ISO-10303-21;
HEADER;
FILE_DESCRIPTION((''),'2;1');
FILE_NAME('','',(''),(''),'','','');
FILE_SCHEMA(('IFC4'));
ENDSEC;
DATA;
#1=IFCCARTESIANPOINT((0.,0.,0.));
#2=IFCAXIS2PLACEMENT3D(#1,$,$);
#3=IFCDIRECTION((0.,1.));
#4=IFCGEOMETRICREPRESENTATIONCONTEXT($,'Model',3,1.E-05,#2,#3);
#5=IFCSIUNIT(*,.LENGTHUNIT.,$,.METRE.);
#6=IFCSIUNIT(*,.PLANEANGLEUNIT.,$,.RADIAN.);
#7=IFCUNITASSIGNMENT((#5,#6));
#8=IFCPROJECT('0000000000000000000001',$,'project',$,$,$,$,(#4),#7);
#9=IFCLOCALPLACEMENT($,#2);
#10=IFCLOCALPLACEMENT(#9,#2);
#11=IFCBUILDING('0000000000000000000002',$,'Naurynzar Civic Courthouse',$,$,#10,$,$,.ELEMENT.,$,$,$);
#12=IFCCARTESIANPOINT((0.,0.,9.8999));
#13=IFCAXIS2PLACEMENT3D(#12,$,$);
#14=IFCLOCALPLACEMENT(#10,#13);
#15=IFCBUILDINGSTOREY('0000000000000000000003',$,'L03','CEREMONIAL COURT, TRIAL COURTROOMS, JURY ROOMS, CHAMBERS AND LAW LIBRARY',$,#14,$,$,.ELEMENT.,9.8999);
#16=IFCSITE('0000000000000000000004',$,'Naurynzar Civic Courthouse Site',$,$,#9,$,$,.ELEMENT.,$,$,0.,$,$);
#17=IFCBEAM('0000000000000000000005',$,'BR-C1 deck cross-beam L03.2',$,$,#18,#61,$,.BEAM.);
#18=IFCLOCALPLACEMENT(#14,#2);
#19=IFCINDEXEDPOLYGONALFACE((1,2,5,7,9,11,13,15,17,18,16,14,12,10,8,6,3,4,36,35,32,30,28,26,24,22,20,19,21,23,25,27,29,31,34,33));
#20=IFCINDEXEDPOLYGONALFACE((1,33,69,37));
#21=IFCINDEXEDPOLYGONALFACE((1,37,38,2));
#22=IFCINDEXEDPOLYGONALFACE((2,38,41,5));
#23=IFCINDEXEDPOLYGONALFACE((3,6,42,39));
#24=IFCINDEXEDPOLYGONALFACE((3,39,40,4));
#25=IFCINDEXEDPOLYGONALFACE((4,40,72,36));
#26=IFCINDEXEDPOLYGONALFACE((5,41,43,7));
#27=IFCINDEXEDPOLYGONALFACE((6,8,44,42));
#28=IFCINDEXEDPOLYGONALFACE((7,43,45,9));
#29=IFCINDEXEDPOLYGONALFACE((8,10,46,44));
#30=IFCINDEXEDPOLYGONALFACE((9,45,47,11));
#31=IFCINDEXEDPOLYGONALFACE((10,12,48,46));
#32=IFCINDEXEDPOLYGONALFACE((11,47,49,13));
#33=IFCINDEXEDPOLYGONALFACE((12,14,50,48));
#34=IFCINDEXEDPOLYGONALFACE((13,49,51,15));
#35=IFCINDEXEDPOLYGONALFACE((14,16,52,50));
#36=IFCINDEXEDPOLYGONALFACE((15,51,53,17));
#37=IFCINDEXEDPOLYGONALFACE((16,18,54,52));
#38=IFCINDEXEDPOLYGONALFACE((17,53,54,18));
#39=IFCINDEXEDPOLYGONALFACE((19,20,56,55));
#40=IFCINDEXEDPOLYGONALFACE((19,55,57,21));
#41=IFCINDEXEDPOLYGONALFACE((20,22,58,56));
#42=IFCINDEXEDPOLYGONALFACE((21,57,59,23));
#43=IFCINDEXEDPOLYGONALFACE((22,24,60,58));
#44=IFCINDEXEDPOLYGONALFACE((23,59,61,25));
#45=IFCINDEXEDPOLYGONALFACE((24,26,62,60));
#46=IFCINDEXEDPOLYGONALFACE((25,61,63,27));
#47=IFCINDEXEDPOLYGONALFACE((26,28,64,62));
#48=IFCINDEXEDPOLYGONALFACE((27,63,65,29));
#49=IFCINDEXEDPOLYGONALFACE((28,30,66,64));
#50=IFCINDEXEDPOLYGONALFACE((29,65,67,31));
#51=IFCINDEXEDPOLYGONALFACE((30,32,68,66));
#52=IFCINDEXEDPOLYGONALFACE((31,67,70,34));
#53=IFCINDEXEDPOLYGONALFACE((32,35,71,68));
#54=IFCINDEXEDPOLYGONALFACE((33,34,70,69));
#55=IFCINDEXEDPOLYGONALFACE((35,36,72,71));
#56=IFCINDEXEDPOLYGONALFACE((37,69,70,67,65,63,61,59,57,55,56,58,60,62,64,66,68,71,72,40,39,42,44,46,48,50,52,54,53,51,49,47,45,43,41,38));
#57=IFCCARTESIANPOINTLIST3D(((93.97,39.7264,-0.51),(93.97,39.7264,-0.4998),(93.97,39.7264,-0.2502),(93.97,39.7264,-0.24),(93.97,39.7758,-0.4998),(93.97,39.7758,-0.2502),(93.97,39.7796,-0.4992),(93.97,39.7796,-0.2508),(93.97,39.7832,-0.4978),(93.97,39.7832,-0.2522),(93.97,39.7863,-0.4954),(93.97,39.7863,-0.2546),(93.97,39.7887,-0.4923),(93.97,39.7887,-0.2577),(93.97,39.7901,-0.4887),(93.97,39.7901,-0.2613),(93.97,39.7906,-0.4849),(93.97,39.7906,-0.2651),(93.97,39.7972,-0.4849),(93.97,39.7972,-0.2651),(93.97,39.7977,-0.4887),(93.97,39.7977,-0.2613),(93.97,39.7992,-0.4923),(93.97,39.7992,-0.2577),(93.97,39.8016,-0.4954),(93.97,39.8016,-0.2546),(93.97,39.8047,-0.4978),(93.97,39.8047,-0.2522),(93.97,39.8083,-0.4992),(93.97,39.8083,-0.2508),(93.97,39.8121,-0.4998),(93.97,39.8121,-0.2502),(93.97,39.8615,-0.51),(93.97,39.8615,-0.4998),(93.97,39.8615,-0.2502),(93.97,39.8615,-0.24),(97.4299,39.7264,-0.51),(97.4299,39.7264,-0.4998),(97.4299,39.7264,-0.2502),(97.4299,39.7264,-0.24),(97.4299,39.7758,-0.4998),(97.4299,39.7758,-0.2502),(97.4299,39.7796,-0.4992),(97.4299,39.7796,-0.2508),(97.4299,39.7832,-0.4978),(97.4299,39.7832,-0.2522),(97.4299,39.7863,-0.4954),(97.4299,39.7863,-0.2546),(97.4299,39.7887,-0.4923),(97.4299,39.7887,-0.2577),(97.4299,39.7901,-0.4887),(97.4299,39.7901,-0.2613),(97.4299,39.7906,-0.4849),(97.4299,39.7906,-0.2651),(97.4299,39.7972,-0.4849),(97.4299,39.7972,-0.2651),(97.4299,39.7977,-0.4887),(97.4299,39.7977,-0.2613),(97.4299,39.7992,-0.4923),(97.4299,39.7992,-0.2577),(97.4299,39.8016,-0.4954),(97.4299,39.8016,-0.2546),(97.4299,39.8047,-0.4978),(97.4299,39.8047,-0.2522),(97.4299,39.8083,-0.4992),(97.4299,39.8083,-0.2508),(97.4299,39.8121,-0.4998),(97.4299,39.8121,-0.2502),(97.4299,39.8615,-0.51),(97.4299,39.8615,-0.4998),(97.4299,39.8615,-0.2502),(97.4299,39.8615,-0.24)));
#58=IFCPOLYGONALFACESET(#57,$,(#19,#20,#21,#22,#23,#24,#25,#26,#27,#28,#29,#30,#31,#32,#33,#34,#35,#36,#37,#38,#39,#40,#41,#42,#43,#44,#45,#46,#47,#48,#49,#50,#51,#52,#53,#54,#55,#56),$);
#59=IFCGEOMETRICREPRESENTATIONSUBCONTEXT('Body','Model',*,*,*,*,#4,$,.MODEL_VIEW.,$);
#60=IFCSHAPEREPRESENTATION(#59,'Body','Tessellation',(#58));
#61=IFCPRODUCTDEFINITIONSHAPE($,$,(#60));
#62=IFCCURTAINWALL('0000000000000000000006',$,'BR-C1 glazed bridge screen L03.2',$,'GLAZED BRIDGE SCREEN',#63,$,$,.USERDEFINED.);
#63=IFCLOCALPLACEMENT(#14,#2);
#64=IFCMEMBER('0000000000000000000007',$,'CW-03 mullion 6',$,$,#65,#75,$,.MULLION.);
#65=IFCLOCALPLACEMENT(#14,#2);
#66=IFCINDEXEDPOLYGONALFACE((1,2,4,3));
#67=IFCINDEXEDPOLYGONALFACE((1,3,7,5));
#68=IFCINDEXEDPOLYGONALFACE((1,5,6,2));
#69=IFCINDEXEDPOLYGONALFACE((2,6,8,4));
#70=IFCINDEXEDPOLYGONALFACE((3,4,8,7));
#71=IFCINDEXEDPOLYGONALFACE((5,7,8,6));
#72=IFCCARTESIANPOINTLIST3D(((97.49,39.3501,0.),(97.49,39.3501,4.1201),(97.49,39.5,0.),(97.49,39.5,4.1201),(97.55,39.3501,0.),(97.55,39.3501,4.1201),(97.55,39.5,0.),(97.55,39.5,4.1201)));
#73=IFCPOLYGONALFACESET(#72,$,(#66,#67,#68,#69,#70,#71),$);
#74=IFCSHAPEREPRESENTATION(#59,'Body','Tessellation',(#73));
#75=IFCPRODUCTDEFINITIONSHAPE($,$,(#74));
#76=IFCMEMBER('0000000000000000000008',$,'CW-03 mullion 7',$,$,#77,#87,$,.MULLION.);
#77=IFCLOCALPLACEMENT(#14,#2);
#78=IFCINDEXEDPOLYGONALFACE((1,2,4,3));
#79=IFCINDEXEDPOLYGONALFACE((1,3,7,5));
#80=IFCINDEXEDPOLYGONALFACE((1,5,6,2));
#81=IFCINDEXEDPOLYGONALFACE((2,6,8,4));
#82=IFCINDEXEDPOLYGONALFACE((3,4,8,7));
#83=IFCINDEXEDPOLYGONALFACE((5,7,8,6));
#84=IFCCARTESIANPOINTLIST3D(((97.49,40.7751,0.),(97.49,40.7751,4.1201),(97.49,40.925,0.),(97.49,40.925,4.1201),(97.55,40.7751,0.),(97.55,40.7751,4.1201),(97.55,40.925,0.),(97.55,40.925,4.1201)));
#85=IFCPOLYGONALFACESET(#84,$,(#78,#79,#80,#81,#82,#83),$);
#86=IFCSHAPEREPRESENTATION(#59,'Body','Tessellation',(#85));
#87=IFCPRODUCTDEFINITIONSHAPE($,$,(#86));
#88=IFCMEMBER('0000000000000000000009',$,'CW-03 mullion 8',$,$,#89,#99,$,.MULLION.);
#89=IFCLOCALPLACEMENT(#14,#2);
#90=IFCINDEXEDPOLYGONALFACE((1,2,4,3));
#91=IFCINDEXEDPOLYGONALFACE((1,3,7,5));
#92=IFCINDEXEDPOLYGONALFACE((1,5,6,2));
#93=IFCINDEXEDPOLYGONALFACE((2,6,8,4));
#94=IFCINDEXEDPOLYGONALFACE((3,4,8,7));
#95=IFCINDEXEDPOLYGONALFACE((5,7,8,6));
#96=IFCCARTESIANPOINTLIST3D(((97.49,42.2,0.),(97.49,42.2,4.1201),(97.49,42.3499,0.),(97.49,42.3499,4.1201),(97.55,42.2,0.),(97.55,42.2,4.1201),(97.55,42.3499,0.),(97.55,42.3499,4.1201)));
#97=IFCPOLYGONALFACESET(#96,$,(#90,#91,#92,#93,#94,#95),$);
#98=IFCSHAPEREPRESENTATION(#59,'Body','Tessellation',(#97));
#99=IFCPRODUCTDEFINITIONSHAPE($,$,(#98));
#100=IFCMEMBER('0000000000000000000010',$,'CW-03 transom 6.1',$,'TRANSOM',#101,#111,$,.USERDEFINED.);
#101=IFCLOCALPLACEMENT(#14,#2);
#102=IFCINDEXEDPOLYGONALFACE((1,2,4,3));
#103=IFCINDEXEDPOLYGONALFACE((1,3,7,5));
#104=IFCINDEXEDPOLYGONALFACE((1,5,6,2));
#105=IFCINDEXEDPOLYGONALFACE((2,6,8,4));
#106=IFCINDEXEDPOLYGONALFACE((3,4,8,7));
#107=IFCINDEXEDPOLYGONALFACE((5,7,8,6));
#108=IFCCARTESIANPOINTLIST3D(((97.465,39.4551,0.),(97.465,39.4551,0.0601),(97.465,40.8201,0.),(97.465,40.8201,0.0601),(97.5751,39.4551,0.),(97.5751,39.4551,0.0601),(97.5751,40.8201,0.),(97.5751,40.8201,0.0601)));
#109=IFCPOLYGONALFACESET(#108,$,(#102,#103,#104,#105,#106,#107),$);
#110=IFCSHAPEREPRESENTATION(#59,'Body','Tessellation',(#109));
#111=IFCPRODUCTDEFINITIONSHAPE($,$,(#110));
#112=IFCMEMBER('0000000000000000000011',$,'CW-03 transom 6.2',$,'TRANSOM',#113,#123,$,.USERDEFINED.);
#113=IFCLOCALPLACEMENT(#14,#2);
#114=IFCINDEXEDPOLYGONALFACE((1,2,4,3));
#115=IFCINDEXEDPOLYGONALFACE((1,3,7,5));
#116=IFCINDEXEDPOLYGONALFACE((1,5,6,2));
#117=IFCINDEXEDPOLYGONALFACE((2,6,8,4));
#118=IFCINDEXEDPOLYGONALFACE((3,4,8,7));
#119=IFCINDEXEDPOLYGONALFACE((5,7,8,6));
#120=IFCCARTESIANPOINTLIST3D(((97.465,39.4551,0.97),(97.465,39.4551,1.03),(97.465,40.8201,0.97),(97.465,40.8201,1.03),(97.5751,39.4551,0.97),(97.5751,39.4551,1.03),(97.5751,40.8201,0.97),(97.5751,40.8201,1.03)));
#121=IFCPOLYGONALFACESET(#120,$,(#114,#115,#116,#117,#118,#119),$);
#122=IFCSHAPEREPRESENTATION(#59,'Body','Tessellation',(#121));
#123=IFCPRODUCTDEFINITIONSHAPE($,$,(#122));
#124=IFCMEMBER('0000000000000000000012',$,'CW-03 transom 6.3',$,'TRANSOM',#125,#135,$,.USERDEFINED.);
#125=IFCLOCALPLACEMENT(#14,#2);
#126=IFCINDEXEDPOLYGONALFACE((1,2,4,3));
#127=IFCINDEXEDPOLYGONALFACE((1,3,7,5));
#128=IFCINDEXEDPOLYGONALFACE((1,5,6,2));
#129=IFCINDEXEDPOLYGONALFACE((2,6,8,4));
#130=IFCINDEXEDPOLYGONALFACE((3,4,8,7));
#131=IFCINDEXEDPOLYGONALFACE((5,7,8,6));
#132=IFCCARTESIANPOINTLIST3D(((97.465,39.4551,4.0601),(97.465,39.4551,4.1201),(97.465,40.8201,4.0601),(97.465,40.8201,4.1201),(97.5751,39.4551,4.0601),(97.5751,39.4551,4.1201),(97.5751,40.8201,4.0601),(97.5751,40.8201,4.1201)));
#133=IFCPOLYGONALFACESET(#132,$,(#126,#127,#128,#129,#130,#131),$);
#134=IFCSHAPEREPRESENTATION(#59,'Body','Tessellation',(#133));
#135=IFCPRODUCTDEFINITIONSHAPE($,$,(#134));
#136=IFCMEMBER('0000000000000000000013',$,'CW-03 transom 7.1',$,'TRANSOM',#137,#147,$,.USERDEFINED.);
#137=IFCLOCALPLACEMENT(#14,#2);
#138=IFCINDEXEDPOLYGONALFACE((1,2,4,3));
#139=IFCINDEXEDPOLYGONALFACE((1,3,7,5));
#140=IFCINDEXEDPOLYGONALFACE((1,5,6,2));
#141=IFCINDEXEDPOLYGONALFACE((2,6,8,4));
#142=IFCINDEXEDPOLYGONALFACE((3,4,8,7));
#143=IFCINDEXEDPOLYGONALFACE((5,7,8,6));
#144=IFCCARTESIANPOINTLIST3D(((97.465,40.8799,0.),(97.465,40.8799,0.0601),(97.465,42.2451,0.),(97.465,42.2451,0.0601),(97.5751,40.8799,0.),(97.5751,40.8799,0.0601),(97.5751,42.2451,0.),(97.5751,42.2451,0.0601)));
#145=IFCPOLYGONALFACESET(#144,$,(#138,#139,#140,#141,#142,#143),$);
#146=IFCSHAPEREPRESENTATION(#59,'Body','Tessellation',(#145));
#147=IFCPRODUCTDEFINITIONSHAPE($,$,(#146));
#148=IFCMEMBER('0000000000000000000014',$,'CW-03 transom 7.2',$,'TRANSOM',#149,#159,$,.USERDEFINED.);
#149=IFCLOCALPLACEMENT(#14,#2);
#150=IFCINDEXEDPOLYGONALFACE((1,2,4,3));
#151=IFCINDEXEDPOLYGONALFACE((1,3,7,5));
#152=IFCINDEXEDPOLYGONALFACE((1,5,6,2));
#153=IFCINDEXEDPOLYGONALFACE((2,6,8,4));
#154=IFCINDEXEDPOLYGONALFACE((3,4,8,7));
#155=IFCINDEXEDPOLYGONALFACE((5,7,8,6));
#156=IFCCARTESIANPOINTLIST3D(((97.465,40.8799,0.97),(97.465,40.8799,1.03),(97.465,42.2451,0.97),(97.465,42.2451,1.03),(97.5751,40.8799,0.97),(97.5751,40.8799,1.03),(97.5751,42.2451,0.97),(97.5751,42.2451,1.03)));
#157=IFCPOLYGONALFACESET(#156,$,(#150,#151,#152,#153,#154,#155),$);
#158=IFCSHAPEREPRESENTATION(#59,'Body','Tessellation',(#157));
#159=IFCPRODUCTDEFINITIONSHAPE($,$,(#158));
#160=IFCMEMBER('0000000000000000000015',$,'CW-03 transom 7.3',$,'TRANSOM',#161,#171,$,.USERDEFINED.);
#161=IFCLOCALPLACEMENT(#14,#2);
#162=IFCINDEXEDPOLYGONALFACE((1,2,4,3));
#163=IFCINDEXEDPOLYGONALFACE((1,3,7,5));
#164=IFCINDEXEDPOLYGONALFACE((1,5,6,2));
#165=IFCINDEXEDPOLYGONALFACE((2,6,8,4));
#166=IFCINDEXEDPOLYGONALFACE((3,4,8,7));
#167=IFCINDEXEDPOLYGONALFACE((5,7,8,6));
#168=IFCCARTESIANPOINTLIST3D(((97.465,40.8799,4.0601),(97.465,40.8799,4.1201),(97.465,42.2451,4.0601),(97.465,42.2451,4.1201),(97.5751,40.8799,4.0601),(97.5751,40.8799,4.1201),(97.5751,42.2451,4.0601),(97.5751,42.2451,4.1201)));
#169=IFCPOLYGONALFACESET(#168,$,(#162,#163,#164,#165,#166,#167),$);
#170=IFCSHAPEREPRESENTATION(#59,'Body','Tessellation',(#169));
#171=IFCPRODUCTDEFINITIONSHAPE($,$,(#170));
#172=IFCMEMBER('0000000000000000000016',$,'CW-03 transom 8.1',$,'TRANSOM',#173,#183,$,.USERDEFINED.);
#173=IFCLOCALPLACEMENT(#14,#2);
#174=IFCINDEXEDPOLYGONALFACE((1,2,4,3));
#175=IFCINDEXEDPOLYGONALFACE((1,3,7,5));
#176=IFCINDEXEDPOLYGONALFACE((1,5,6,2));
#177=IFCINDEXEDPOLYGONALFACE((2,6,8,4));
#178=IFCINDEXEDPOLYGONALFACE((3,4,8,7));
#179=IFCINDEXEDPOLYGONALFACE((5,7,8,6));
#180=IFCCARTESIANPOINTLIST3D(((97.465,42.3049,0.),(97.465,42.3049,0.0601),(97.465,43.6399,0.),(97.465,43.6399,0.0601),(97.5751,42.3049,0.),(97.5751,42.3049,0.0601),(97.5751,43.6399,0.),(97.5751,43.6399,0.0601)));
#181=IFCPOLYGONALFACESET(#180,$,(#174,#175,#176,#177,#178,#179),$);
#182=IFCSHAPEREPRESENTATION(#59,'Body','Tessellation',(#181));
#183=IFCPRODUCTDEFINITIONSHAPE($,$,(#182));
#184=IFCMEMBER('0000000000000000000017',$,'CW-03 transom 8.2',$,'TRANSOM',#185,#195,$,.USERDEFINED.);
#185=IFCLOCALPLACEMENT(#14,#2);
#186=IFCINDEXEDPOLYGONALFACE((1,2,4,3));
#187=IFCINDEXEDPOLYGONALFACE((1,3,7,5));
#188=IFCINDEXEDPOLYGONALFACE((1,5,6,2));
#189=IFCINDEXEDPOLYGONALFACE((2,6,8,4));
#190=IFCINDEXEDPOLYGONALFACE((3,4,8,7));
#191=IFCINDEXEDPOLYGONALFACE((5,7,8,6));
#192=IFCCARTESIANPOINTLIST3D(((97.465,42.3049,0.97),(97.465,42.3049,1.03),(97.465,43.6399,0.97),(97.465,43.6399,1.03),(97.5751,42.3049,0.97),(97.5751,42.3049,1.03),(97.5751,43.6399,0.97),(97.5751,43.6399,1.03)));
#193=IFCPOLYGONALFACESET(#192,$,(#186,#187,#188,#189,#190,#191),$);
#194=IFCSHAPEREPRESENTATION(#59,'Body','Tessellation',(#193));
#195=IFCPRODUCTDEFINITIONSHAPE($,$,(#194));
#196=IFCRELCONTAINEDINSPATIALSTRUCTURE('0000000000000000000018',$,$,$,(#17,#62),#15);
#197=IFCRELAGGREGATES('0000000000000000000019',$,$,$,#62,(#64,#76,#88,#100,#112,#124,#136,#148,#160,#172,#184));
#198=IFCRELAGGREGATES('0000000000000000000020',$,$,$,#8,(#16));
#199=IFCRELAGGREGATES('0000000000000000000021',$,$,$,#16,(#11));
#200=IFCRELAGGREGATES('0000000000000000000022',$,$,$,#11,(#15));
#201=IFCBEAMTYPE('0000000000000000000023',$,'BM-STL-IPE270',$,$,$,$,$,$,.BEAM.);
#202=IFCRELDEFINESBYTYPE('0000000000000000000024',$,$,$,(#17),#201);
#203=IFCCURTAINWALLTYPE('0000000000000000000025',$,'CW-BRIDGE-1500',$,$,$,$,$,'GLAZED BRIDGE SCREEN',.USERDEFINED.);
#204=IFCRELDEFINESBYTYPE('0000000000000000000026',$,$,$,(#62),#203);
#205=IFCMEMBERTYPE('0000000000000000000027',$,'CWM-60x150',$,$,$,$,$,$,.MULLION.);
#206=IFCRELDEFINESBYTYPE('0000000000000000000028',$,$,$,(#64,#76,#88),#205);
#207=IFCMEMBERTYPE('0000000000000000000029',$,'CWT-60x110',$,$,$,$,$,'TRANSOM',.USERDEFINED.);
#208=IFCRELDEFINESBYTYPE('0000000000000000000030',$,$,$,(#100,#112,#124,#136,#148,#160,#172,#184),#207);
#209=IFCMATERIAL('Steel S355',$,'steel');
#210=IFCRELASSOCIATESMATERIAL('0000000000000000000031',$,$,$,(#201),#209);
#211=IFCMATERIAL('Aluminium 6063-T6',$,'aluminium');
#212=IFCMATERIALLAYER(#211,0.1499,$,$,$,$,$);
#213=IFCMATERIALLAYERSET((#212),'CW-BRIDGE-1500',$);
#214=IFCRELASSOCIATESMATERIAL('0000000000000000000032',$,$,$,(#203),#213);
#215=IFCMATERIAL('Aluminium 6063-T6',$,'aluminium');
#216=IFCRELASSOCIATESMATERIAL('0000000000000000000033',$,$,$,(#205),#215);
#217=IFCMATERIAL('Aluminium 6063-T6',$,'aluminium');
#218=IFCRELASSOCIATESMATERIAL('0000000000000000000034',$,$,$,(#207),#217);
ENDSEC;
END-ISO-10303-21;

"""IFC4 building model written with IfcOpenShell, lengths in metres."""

from ifc_helpers import new_model, si_unit, direction, frame, origin, origin_2d, place, context, subcontext, project, spatial, rectangle, i_section, extrude, material, layer, layer_set, material_profile, profile_set, type_object, element, aggregate, save


model = new_model("IFC4")

# Units and contexts
model_context = context("Model", 3, precision=1e-05, world=origin(), true_north=direction((0.0, 1.0)))
body_context = subcontext(model_context, "Body", "Model", "MODEL_VIEW")
ifc_project = project(units=[si_unit("LENGTHUNIT", "METRE"), si_unit("PLANEANGLEUNIT", "RADIAN")], contexts=[model_context])

# Site, building, storey
site_placement = place(None, origin())
site = spatial("IfcSite", under=ifc_project, at=site_placement, Name="Naurynzar Civic Courthouse Site", CompositionType="ELEMENT", RefElevation=0.0)
building_placement = place(site_placement, origin())
building = spatial("IfcBuilding", under=site, at=building_placement, Name="Naurynzar Civic Courthouse", CompositionType="ELEMENT")
storey_placement = place(building_placement, frame((0.0, 0.0, 9.8999)))
storey = spatial("IfcBuildingStorey", under=building, at=storey_placement, Name="L03", Description="CEREMONIAL COURT, TRIAL COURTROOMS, JURY ROOMS, CHAMBERS AND LAW LIBRARY", CompositionType="ELEMENT", Elevation=9.8999)

# Beam
ifc_material_1 = material(Name="Steel S355", Category="steel")
ifc_material_profile_1 = material_profile(ifc_material_1, i_section(OverallWidth=0.135, OverallDepth=0.27, WebThickness=0.0066, FlangeThickness=0.0103, FilletRadius=0.0149, at=origin_2d()), Name="IPE 270")
ifc_profile_set_1 = profile_set([ifc_material_profile_1], Name="Steel S355")
beam_type = type_object("IfcBeamType", Name="BM-STL-IPE270", PredefinedType="BEAM", material=ifc_profile_set_1)
beam_placement = place(storey_placement, frame((93.97, 39.7939, -0.375), z_axis=(1.0, 0.0, 0.0), x_axis=(0.0, 1.0, 0.0)))
element("IfcBeam", 1, at=beam_placement, inside=storey, type_object=beam_type, Name="BR-C1 deck cross-beam L03.2", PredefinedType="BEAM", context=body_context, shape_type="SweptSolid", body=[
    extrude(i_section(OverallWidth=0.135, OverallDepth=0.27, WebThickness=0.0066, FlangeThickness=0.0103, FilletRadius=0.0149, at=origin_2d()), origin(), (0.0, 0.0, 1.0), 3.46),
])

# Curtain wall, members
ifc_material_2 = material(Name="Aluminium 6063-T6", Category="aluminium")
ifc_layer_1 = layer(ifc_material_2, 0.1499)
ifc_layer_set_1 = layer_set([ifc_layer_1], Name="CW-BRIDGE-1500")
curtain_wall_type = type_object("IfcCurtainWallType", Name="CW-BRIDGE-1500", ElementType="GLAZED BRIDGE SCREEN", PredefinedType="USERDEFINED", material=ifc_layer_set_1)
curtain_wall_placement = place(storey_placement, origin())
curtain_wall = element("IfcCurtainWall", 2, at=curtain_wall_placement, inside=storey, type_object=curtain_wall_type, Name="BR-C1 glazed bridge screen L03.2", ObjectType="GLAZED BRIDGE SCREEN", PredefinedType="USERDEFINED")
ifc_material_3 = material(Name="Aluminium 6063-T6", Category="aluminium")
ifc_material_profile_2 = material_profile(ifc_material_3, rectangle(XDim=0.0601, YDim=0.1499, at=origin_2d()), Name="ALU MULLION 60x150")
ifc_profile_set_2 = profile_set([ifc_material_profile_2], Name="Aluminium 6063-T6")
member_type_1 = type_object("IfcMemberType", Name="CWM-60x150", PredefinedType="MULLION", material=ifc_profile_set_2)
member_1_placement = place(storey_placement, frame((97.52, 39.425, 0.0), z_axis=(0.0, 0.0, 1.0), x_axis=(-1.0, 0.0, 0.0)))
member_1 = element("IfcMember", 3, at=member_1_placement, type_object=member_type_1, Name="CW-03 mullion 6", PredefinedType="MULLION", context=body_context, shape_type="SweptSolid", body=[
    extrude(rectangle(XDim=0.0601, YDim=0.1499, at=origin_2d()), origin(), (0.0, 0.0, 1.0), 4.1201),
])
member_2_placement = place(storey_placement, frame((97.52, 40.8501, 0.0), z_axis=(0.0, 0.0, 1.0), x_axis=(-1.0, 0.0, 0.0)))
member_2 = element("IfcMember", 4, at=member_2_placement, type_object=member_type_1, Name="CW-03 mullion 7", PredefinedType="MULLION", context=body_context, shape_type="SweptSolid", body=[
    extrude(rectangle(XDim=0.0601, YDim=0.1499, at=origin_2d()), origin(), (0.0, 0.0, 1.0), 4.1201),
])
member_3_placement = place(storey_placement, frame((97.52, 42.2749, 0.0), z_axis=(0.0, 0.0, 1.0), x_axis=(-1.0, 0.0, 0.0)))
member_3 = element("IfcMember", 5, at=member_3_placement, type_object=member_type_1, Name="CW-03 mullion 8", PredefinedType="MULLION", context=body_context, shape_type="SweptSolid", body=[
    extrude(rectangle(XDim=0.0601, YDim=0.1499, at=origin_2d()), origin(), (0.0, 0.0, 1.0), 4.1201),
])
ifc_material_4 = material(Name="Aluminium 6063-T6", Category="aluminium")
ifc_material_profile_3 = material_profile(ifc_material_4, rectangle(XDim=0.1101, YDim=0.0601, at=origin_2d()), Name="ALU TRANSOM 60x110")
ifc_profile_set_3 = profile_set([ifc_material_profile_3], Name="Aluminium 6063-T6")
member_type_2 = type_object("IfcMemberType", Name="CWT-60x110", ElementType="TRANSOM", PredefinedType="USERDEFINED", material=ifc_profile_set_3)
member_4_placement = place(storey_placement, frame((97.52, 39.4551, 0.03), z_axis=(0.0, 1.0, 0.0), x_axis=(-1.0, 0.0, 0.0)))
member_4 = element("IfcMember", 6, at=member_4_placement, type_object=member_type_2, Name="CW-03 transom 6.1", ObjectType="TRANSOM", PredefinedType="USERDEFINED", context=body_context, shape_type="SweptSolid", body=[
    extrude(rectangle(XDim=0.1101, YDim=0.0601, at=origin_2d()), origin(), (0.0, 0.0, 1.0), 1.365),
])
member_5_placement = place(storey_placement, frame((97.52, 39.4551, 1.0), z_axis=(0.0, 1.0, 0.0), x_axis=(-1.0, 0.0, 0.0)))
member_5 = element("IfcMember", 7, at=member_5_placement, type_object=member_type_2, Name="CW-03 transom 6.2", ObjectType="TRANSOM", PredefinedType="USERDEFINED", context=body_context, shape_type="SweptSolid", body=[
    extrude(rectangle(XDim=0.1101, YDim=0.0601, at=origin_2d()), origin(), (0.0, 0.0, 1.0), 1.365),
])
member_6_placement = place(storey_placement, frame((97.52, 39.4551, 4.0901), z_axis=(0.0, 1.0, 0.0), x_axis=(-1.0, 0.0, 0.0)))
member_6 = element("IfcMember", 8, at=member_6_placement, type_object=member_type_2, Name="CW-03 transom 6.3", ObjectType="TRANSOM", PredefinedType="USERDEFINED", context=body_context, shape_type="SweptSolid", body=[
    extrude(rectangle(XDim=0.1101, YDim=0.0601, at=origin_2d()), origin(), (0.0, 0.0, 1.0), 1.365),
])
member_7_placement = place(storey_placement, frame((97.52, 40.8799, 0.03), z_axis=(0.0, 1.0, 0.0), x_axis=(-1.0, 0.0, 0.0)))
member_7 = element("IfcMember", 9, at=member_7_placement, type_object=member_type_2, Name="CW-03 transom 7.1", ObjectType="TRANSOM", PredefinedType="USERDEFINED", context=body_context, shape_type="SweptSolid", body=[
    extrude(rectangle(XDim=0.1101, YDim=0.0601, at=origin_2d()), origin(), (0.0, 0.0, 1.0), 1.3652),
])
member_8_placement = place(storey_placement, frame((97.52, 40.8799, 1.0), z_axis=(0.0, 1.0, 0.0), x_axis=(-1.0, 0.0, 0.0)))
member_8 = element("IfcMember", 10, at=member_8_placement, type_object=member_type_2, Name="CW-03 transom 7.2", ObjectType="TRANSOM", PredefinedType="USERDEFINED", context=body_context, shape_type="SweptSolid", body=[
    extrude(rectangle(XDim=0.1101, YDim=0.0601, at=origin_2d()), origin(), (0.0, 0.0, 1.0), 1.3652),
])
member_9_placement = place(storey_placement, frame((97.52, 40.8799, 4.0901), z_axis=(0.0, 1.0, 0.0), x_axis=(-1.0, 0.0, 0.0)))
member_9 = element("IfcMember", 11, at=member_9_placement, type_object=member_type_2, Name="CW-03 transom 7.3", ObjectType="TRANSOM", PredefinedType="USERDEFINED", context=body_context, shape_type="SweptSolid", body=[
    extrude(rectangle(XDim=0.1101, YDim=0.0601, at=origin_2d()), origin(), (0.0, 0.0, 1.0), 1.3652),
])
member_10_placement = place(storey_placement, frame((97.52, 42.3049, 0.03), z_axis=(0.0, 1.0, 0.0), x_axis=(-1.0, 0.0, 0.0)))
member_10 = element("IfcMember", 12, at=member_10_placement, type_object=member_type_2, Name="CW-03 transom 8.1", ObjectType="TRANSOM", PredefinedType="USERDEFINED", context=body_context, shape_type="SweptSolid", body=[
    extrude(rectangle(XDim=0.1101, YDim=0.0601, at=origin_2d()), origin(), (0.0, 0.0, 1.0), 1.335),
])
member_11_placement = place(storey_placement, frame((97.52, 42.3049, 1.0), z_axis=(0.0, 1.0, 0.0), x_axis=(-1.0, 0.0, 0.0)))
member_11 = element("IfcMember", 13, at=member_11_placement, type_object=member_type_2, Name="CW-03 transom 8.2", ObjectType="TRANSOM", PredefinedType="USERDEFINED", context=body_context, shape_type="SweptSolid", body=[
    extrude(rectangle(XDim=0.1101, YDim=0.0601, at=origin_2d()), origin(), (0.0, 0.0, 1.0), 1.335),
])
aggregate(curtain_wall, [member_1, member_2, member_3, member_4, member_5, member_6, member_7, member_8, member_9, member_10, member_11])

save(model, "model.ifc")
